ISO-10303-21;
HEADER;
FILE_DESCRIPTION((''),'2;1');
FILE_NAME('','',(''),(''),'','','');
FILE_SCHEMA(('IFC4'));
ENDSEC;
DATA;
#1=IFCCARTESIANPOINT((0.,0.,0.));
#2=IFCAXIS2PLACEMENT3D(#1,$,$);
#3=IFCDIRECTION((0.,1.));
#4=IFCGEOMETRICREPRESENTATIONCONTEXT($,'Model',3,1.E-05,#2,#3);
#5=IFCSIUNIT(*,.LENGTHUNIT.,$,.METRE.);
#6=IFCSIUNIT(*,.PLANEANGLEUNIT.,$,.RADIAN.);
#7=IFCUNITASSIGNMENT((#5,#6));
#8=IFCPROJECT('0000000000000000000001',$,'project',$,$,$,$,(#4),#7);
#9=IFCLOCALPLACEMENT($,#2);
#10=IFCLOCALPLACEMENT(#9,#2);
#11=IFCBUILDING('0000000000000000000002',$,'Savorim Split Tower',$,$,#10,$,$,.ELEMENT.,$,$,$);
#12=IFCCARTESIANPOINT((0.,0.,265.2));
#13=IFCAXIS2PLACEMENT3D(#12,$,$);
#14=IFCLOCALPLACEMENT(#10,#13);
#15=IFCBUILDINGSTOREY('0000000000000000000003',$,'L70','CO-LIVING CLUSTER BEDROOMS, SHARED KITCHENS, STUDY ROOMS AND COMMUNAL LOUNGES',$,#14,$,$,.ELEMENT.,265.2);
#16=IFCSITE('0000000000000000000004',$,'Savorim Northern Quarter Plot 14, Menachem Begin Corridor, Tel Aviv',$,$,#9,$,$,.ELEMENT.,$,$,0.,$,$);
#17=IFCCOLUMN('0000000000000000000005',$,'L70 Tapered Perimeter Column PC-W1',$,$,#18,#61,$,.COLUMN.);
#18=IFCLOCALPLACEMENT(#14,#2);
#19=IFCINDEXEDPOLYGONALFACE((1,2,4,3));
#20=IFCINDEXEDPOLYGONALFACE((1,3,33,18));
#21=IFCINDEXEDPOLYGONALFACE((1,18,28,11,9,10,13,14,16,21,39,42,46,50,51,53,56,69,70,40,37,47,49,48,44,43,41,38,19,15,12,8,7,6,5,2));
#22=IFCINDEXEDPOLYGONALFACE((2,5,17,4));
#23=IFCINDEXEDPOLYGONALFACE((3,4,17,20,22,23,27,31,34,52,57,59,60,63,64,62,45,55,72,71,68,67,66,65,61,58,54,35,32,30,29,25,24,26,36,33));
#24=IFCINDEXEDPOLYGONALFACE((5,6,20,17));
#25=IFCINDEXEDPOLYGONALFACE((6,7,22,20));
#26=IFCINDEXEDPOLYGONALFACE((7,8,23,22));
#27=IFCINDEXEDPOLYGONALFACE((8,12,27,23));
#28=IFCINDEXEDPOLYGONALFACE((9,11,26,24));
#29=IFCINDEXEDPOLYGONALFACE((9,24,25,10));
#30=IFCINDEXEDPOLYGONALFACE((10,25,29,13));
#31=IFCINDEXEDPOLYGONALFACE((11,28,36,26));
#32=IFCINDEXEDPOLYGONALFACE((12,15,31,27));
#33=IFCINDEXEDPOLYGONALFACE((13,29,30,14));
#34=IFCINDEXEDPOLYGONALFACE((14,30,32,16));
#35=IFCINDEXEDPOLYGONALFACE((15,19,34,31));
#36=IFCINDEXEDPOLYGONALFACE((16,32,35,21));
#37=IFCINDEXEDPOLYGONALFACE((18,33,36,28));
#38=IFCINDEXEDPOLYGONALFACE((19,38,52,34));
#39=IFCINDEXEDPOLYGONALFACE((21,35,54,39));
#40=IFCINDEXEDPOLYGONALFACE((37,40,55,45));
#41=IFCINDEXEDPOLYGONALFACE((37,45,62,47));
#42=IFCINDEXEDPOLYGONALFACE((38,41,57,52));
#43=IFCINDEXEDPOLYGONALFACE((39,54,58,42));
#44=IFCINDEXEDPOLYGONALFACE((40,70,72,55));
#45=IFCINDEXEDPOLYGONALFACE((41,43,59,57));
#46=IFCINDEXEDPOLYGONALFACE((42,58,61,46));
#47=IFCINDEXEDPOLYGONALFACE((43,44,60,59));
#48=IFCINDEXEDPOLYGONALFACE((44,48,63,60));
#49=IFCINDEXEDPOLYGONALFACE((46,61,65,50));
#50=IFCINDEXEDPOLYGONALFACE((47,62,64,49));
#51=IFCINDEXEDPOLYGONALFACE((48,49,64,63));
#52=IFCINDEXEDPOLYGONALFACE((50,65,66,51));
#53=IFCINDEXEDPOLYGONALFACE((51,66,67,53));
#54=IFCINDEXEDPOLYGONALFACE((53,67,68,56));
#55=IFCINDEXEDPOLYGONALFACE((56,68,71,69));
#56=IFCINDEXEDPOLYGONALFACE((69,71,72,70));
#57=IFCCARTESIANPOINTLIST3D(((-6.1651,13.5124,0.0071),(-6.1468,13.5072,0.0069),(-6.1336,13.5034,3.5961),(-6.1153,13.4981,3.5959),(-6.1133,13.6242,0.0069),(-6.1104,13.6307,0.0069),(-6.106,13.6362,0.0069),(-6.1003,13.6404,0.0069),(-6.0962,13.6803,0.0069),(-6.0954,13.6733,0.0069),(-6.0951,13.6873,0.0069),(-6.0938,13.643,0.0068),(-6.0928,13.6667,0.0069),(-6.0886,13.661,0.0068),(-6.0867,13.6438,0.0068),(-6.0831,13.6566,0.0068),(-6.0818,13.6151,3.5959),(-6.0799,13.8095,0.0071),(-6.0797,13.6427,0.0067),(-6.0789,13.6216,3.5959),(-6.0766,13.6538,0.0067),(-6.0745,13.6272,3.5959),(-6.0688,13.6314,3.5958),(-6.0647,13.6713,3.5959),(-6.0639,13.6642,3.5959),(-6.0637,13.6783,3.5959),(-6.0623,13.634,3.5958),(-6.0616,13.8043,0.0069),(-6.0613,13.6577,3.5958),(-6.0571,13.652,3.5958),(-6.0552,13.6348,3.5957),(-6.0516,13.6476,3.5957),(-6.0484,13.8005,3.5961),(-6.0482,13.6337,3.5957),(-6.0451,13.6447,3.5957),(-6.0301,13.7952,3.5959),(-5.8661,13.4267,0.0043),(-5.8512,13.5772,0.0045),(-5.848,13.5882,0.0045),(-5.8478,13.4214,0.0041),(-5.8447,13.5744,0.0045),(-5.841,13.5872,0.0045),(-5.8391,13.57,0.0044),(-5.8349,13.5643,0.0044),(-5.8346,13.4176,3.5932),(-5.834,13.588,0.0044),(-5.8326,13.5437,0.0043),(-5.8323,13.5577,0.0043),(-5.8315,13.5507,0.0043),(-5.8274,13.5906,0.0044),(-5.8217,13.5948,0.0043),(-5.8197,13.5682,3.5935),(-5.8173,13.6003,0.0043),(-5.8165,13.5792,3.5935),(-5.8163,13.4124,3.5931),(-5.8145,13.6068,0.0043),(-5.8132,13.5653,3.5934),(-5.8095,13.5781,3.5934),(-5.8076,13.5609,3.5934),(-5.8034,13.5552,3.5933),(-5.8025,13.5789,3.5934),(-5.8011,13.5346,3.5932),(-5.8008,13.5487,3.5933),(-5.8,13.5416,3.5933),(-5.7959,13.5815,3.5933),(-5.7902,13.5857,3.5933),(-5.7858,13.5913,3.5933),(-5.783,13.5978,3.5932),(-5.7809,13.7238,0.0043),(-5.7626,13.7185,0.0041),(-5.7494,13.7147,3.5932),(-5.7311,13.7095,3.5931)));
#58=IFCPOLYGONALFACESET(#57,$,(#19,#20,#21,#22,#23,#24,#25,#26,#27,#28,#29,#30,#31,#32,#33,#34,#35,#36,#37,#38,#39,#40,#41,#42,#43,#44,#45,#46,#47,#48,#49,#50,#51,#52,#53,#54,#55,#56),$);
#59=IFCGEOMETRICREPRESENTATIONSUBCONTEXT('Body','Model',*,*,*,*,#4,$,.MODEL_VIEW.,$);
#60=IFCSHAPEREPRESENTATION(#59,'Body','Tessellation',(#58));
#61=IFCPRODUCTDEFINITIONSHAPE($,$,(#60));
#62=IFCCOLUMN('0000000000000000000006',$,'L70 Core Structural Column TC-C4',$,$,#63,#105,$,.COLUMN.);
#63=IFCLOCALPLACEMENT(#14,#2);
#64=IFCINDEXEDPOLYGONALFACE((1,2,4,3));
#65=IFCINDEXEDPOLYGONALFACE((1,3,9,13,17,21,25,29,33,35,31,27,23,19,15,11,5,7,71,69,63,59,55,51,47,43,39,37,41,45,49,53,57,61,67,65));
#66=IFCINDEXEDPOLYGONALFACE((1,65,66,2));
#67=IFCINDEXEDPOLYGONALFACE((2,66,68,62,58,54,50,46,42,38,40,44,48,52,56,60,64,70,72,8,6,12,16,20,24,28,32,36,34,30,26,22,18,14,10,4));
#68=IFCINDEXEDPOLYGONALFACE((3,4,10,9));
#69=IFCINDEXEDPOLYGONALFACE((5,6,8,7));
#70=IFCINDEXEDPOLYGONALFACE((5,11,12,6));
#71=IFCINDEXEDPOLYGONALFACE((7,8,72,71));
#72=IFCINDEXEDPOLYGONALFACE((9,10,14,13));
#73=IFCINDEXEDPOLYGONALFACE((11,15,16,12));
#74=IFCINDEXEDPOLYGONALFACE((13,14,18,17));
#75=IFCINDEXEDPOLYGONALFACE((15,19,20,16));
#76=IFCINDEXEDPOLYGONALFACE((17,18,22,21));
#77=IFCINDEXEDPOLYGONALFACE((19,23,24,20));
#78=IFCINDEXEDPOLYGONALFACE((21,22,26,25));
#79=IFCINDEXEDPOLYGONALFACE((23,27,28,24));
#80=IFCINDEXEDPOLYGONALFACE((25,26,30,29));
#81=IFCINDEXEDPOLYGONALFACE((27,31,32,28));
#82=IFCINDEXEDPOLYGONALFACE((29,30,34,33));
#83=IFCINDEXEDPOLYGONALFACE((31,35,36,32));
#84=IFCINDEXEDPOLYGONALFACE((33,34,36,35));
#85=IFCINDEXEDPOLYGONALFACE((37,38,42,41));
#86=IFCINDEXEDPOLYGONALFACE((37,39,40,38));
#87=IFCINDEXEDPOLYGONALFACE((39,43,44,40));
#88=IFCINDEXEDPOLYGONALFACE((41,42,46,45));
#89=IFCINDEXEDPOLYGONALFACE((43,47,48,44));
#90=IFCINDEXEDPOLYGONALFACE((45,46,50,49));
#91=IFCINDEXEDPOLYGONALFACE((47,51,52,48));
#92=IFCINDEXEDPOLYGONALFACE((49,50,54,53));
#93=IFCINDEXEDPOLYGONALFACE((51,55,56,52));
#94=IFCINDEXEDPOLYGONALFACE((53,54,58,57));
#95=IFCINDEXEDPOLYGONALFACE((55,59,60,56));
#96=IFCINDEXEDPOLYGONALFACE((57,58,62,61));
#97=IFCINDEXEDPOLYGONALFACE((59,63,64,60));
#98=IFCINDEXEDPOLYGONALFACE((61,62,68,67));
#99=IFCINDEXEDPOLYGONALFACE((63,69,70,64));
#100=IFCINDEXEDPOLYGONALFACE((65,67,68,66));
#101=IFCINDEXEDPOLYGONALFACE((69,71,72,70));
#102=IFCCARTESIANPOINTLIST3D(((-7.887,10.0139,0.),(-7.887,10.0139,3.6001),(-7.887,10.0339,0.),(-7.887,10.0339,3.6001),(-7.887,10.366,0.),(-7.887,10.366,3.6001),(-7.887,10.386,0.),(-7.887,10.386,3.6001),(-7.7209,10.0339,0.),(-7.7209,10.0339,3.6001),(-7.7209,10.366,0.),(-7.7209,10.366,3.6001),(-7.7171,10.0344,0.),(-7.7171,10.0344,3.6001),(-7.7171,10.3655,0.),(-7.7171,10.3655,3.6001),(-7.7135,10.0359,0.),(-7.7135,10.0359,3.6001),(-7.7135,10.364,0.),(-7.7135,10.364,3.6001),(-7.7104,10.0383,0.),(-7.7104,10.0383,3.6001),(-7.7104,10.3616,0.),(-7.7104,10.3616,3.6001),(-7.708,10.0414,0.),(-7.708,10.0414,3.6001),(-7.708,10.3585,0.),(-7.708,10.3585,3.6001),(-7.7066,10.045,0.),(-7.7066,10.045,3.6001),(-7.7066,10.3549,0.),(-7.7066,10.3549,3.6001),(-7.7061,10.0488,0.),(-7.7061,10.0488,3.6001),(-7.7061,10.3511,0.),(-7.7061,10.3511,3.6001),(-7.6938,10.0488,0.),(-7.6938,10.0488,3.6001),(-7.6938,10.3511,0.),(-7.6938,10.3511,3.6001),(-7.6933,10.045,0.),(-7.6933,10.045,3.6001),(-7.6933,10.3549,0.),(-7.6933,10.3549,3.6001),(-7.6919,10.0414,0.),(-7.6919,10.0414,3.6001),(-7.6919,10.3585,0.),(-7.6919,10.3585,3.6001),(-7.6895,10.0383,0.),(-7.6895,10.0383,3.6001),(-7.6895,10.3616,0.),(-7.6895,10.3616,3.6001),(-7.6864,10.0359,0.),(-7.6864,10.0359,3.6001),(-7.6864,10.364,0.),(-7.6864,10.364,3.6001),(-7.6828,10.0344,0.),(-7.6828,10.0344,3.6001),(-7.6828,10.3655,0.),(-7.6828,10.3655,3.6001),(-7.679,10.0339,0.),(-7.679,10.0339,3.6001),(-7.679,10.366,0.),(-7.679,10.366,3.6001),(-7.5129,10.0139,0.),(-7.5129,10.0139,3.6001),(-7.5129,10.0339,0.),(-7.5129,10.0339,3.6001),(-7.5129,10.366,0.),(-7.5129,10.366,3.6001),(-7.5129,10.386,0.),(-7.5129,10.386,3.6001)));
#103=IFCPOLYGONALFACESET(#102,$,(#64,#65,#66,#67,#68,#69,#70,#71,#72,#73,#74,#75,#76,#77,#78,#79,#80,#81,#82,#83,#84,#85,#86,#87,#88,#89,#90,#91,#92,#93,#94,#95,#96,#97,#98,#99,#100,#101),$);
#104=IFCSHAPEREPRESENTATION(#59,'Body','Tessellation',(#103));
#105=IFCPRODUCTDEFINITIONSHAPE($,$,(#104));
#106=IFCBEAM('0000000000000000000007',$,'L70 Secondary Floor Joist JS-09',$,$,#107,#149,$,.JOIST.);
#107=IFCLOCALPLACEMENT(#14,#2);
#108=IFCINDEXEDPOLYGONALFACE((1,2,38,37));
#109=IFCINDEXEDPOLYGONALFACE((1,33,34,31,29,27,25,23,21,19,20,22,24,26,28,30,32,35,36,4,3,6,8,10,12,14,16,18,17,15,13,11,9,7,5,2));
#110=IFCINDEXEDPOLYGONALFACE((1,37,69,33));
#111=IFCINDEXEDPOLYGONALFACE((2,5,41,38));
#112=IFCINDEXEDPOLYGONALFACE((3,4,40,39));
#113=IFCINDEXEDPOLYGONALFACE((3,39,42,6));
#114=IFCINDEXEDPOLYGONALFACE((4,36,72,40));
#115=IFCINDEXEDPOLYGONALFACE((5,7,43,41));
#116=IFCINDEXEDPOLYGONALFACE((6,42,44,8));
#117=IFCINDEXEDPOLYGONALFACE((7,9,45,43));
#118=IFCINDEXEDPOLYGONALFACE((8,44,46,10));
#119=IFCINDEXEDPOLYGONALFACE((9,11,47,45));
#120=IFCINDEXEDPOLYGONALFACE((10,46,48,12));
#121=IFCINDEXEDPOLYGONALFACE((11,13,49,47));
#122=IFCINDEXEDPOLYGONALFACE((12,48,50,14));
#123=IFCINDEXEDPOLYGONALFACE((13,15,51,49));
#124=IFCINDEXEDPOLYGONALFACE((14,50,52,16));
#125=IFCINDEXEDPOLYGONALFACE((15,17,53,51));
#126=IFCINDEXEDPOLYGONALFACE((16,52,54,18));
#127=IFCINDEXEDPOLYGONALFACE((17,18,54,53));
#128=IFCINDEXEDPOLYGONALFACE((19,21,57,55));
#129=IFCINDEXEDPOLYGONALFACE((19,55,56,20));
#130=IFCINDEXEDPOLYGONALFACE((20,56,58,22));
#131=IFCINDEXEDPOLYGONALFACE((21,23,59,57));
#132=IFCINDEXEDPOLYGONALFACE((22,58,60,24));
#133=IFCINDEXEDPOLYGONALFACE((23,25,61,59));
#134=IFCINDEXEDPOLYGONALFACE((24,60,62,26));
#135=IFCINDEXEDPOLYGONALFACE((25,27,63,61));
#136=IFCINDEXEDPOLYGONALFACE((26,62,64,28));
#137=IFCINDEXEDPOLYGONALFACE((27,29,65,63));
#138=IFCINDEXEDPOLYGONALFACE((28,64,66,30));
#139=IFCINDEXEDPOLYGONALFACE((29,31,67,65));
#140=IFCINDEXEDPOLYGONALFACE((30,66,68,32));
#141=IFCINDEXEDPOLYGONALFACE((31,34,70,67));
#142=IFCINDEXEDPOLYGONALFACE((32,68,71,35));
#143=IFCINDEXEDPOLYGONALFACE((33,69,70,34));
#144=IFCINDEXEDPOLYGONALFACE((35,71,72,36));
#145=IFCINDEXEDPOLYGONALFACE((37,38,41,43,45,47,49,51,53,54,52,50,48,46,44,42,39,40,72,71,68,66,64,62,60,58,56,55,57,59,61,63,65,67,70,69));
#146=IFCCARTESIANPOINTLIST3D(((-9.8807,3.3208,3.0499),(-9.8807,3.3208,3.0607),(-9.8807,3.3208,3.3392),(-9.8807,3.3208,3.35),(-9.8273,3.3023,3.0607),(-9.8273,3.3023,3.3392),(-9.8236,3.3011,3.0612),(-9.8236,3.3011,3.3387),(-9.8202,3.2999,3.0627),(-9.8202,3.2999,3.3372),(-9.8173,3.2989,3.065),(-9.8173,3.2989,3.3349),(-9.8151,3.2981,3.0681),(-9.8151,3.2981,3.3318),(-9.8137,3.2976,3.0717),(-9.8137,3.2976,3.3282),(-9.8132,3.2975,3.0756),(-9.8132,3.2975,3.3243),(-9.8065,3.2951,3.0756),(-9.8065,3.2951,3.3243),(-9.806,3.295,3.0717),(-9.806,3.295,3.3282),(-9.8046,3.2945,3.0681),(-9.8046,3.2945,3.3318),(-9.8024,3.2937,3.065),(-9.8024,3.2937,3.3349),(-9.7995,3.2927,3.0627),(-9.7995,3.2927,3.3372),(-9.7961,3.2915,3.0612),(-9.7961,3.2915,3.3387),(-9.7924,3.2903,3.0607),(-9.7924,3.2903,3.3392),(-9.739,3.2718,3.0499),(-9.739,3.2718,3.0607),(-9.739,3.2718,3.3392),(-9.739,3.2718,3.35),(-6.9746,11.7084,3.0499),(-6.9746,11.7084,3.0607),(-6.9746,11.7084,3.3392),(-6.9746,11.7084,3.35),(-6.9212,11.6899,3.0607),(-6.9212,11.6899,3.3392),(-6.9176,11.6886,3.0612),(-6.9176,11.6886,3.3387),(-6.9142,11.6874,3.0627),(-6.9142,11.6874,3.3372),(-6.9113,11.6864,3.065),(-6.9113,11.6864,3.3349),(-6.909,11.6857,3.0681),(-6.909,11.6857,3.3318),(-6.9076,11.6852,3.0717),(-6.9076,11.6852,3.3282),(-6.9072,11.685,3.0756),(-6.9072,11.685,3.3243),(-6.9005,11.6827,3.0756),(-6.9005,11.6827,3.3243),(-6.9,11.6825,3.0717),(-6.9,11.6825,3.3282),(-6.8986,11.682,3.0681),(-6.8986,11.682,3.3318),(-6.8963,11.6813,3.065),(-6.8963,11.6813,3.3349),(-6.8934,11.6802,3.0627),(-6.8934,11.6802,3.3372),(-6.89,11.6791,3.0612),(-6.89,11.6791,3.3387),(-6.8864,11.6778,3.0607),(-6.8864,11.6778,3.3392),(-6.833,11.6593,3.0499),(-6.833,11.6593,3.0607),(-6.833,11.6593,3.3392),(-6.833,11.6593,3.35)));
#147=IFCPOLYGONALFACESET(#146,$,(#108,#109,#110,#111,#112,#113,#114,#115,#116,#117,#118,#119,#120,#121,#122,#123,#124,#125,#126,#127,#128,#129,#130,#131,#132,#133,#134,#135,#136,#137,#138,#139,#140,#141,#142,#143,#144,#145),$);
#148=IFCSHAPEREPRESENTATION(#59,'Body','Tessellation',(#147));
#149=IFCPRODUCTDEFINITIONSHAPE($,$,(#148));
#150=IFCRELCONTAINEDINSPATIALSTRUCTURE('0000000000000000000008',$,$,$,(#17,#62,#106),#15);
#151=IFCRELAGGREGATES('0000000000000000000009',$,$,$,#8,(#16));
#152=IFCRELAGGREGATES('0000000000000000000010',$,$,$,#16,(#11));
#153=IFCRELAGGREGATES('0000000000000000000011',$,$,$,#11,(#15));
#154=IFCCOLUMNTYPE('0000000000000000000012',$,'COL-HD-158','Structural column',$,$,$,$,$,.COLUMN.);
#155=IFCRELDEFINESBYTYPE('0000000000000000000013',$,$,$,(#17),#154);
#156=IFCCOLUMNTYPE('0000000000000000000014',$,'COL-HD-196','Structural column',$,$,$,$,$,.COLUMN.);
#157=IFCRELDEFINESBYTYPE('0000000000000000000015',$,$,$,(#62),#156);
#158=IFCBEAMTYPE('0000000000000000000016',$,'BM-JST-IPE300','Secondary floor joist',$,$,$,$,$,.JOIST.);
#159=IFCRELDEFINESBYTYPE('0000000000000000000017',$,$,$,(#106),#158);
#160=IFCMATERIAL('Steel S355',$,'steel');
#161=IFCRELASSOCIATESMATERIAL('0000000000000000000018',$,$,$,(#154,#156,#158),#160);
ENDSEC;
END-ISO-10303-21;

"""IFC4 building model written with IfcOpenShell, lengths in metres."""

from ifc_helpers import new_model, si_unit, direction, frame, origin, origin_2d, place, context, subcontext, project, spatial, i_section, extrude, material, material_profile, profile_set, type_object, element, save


model = new_model("IFC4")

# Units and contexts
model_context = context("Model", 3, precision=1e-05, world=origin(), true_north=direction((0.0, 1.0)))
body_context = subcontext(model_context, "Body", "Model", "MODEL_VIEW")
ifc_project = project(units=[si_unit("LENGTHUNIT", "METRE"), si_unit("PLANEANGLEUNIT", "RADIAN")], contexts=[model_context])

# Site, building, storey
site_placement = place(None, origin())
site = spatial("IfcSite", under=ifc_project, at=site_placement, Name="Savorim Northern Quarter Plot 14, Menachem Begin Corridor, Tel Aviv", CompositionType="ELEMENT", RefElevation=0.0)
building_placement = place(site_placement, origin())
building = spatial("IfcBuilding", under=site, at=building_placement, Name="Savorim Split Tower", CompositionType="ELEMENT")
storey_placement = place(building_placement, frame((0.0, 0.0, 265.2)))
storey = spatial("IfcBuildingStorey", under=building, at=storey_placement, Name="L70", Description="CO-LIVING CLUSTER BEDROOMS, SHARED KITCHENS, STUDY ROOMS AND COMMUNAL LOUNGES", CompositionType="ELEMENT", Elevation=265.2)

# Columns
ifc_material_1 = material(Name="Steel S355", Category="steel")
ifc_material_profile_1 = material_profile(ifc_material_1, i_section(OverallWidth=0.3091, OverallDepth=0.3301, WebThickness=0.0115, FlangeThickness=0.019, FilletRadius=0.0271, at=origin_2d()), Name="HD 320x158")
ifc_profile_set_1 = profile_set([ifc_material_profile_1], Name="Steel S355")
column_type_1 = type_object("IfcColumnType", Name="COL-HD-158", Description="Structural column", PredefinedType="COLUMN", material=ifc_profile_set_1)
column_1_placement = place(storey_placement, frame((-5.9639, 13.6155, 0.0056), z_axis=(0.008775, -0.002517, 0.999958), x_axis=(0.275705, 0.961242, 0.0)))
element("IfcColumn", 1, at=column_1_placement, inside=storey, type_object=column_type_1, Name="L70 Tapered Perimeter Column PC-W1", PredefinedType="COLUMN", context=body_context, shape_type="SweptSolid", body=[
    extrude(i_section(OverallWidth=0.3091, OverallDepth=0.3301, WebThickness=0.0115, FlangeThickness=0.019, FilletRadius=0.0271, at=origin_2d()), origin(), (0.0, 0.0, 1.0), 3.5891),
])
ifc_material_profile_2 = material_profile(ifc_material_1, i_section(OverallWidth=0.374, OverallDepth=0.3721, WebThickness=0.0122, FlangeThickness=0.02, FilletRadius=0.0149, at=origin_2d()), Name="HD 360x196")
ifc_profile_set_2 = profile_set([ifc_material_profile_2], Name="Steel S355")
column_type_2 = type_object("IfcColumnType", Name="COL-HD-196", Description="Structural column", PredefinedType="COLUMN", material=ifc_profile_set_2)
column_2_placement = place(storey_placement, frame((-7.7, 10.2, 0.0), z_axis=(0.0, 0.0, 1.0), x_axis=(1.0, 0.0, 0.0)))
element("IfcColumn", 2, at=column_2_placement, inside=storey, type_object=column_type_2, Name="L70 Core Structural Column TC-C4", PredefinedType="COLUMN", context=body_context, shape_type="SweptSolid", body=[
    extrude(i_section(OverallWidth=0.374, OverallDepth=0.3721, WebThickness=0.0122, FlangeThickness=0.02, FilletRadius=0.0149, at=origin_2d()), origin(), (0.0, 0.0, 1.0), 3.6001),
])

# Beam
ifc_material_profile_3 = material_profile(ifc_material_1, i_section(OverallWidth=0.1499, OverallDepth=0.3, WebThickness=0.0071, FlangeThickness=0.0107, FilletRadius=0.0149, at=origin_2d()), Name="IPE 300")
ifc_profile_set_3 = profile_set([ifc_material_profile_3], Name="Steel S355")
beam_type_1 = type_object("IfcBeamType", Name="BM-JST-IPE300", Description="Secondary floor joist", PredefinedType="JOIST", material=ifc_profile_set_3)
beam_1_placement = place(storey_placement, frame((-6.9038, 11.6838, 3.2), z_axis=(-0.327378, -0.944893, 0.0), x_axis=(0.944893, -0.327378, 0.0)))
element("IfcBeam", 3, at=beam_1_placement, inside=storey, type_object=beam_type_1, Name="L70 Secondary Floor Joist JS-09", PredefinedType="JOIST", context=body_context, shape_type="SweptSolid", body=[
    extrude(i_section(OverallWidth=0.1499, OverallDepth=0.3, WebThickness=0.0071, FlangeThickness=0.0107, FilletRadius=0.0149, at=origin_2d()), origin(), (0.0, 0.0, 1.0), 8.8767),
])

save(model, "model.ifc")
